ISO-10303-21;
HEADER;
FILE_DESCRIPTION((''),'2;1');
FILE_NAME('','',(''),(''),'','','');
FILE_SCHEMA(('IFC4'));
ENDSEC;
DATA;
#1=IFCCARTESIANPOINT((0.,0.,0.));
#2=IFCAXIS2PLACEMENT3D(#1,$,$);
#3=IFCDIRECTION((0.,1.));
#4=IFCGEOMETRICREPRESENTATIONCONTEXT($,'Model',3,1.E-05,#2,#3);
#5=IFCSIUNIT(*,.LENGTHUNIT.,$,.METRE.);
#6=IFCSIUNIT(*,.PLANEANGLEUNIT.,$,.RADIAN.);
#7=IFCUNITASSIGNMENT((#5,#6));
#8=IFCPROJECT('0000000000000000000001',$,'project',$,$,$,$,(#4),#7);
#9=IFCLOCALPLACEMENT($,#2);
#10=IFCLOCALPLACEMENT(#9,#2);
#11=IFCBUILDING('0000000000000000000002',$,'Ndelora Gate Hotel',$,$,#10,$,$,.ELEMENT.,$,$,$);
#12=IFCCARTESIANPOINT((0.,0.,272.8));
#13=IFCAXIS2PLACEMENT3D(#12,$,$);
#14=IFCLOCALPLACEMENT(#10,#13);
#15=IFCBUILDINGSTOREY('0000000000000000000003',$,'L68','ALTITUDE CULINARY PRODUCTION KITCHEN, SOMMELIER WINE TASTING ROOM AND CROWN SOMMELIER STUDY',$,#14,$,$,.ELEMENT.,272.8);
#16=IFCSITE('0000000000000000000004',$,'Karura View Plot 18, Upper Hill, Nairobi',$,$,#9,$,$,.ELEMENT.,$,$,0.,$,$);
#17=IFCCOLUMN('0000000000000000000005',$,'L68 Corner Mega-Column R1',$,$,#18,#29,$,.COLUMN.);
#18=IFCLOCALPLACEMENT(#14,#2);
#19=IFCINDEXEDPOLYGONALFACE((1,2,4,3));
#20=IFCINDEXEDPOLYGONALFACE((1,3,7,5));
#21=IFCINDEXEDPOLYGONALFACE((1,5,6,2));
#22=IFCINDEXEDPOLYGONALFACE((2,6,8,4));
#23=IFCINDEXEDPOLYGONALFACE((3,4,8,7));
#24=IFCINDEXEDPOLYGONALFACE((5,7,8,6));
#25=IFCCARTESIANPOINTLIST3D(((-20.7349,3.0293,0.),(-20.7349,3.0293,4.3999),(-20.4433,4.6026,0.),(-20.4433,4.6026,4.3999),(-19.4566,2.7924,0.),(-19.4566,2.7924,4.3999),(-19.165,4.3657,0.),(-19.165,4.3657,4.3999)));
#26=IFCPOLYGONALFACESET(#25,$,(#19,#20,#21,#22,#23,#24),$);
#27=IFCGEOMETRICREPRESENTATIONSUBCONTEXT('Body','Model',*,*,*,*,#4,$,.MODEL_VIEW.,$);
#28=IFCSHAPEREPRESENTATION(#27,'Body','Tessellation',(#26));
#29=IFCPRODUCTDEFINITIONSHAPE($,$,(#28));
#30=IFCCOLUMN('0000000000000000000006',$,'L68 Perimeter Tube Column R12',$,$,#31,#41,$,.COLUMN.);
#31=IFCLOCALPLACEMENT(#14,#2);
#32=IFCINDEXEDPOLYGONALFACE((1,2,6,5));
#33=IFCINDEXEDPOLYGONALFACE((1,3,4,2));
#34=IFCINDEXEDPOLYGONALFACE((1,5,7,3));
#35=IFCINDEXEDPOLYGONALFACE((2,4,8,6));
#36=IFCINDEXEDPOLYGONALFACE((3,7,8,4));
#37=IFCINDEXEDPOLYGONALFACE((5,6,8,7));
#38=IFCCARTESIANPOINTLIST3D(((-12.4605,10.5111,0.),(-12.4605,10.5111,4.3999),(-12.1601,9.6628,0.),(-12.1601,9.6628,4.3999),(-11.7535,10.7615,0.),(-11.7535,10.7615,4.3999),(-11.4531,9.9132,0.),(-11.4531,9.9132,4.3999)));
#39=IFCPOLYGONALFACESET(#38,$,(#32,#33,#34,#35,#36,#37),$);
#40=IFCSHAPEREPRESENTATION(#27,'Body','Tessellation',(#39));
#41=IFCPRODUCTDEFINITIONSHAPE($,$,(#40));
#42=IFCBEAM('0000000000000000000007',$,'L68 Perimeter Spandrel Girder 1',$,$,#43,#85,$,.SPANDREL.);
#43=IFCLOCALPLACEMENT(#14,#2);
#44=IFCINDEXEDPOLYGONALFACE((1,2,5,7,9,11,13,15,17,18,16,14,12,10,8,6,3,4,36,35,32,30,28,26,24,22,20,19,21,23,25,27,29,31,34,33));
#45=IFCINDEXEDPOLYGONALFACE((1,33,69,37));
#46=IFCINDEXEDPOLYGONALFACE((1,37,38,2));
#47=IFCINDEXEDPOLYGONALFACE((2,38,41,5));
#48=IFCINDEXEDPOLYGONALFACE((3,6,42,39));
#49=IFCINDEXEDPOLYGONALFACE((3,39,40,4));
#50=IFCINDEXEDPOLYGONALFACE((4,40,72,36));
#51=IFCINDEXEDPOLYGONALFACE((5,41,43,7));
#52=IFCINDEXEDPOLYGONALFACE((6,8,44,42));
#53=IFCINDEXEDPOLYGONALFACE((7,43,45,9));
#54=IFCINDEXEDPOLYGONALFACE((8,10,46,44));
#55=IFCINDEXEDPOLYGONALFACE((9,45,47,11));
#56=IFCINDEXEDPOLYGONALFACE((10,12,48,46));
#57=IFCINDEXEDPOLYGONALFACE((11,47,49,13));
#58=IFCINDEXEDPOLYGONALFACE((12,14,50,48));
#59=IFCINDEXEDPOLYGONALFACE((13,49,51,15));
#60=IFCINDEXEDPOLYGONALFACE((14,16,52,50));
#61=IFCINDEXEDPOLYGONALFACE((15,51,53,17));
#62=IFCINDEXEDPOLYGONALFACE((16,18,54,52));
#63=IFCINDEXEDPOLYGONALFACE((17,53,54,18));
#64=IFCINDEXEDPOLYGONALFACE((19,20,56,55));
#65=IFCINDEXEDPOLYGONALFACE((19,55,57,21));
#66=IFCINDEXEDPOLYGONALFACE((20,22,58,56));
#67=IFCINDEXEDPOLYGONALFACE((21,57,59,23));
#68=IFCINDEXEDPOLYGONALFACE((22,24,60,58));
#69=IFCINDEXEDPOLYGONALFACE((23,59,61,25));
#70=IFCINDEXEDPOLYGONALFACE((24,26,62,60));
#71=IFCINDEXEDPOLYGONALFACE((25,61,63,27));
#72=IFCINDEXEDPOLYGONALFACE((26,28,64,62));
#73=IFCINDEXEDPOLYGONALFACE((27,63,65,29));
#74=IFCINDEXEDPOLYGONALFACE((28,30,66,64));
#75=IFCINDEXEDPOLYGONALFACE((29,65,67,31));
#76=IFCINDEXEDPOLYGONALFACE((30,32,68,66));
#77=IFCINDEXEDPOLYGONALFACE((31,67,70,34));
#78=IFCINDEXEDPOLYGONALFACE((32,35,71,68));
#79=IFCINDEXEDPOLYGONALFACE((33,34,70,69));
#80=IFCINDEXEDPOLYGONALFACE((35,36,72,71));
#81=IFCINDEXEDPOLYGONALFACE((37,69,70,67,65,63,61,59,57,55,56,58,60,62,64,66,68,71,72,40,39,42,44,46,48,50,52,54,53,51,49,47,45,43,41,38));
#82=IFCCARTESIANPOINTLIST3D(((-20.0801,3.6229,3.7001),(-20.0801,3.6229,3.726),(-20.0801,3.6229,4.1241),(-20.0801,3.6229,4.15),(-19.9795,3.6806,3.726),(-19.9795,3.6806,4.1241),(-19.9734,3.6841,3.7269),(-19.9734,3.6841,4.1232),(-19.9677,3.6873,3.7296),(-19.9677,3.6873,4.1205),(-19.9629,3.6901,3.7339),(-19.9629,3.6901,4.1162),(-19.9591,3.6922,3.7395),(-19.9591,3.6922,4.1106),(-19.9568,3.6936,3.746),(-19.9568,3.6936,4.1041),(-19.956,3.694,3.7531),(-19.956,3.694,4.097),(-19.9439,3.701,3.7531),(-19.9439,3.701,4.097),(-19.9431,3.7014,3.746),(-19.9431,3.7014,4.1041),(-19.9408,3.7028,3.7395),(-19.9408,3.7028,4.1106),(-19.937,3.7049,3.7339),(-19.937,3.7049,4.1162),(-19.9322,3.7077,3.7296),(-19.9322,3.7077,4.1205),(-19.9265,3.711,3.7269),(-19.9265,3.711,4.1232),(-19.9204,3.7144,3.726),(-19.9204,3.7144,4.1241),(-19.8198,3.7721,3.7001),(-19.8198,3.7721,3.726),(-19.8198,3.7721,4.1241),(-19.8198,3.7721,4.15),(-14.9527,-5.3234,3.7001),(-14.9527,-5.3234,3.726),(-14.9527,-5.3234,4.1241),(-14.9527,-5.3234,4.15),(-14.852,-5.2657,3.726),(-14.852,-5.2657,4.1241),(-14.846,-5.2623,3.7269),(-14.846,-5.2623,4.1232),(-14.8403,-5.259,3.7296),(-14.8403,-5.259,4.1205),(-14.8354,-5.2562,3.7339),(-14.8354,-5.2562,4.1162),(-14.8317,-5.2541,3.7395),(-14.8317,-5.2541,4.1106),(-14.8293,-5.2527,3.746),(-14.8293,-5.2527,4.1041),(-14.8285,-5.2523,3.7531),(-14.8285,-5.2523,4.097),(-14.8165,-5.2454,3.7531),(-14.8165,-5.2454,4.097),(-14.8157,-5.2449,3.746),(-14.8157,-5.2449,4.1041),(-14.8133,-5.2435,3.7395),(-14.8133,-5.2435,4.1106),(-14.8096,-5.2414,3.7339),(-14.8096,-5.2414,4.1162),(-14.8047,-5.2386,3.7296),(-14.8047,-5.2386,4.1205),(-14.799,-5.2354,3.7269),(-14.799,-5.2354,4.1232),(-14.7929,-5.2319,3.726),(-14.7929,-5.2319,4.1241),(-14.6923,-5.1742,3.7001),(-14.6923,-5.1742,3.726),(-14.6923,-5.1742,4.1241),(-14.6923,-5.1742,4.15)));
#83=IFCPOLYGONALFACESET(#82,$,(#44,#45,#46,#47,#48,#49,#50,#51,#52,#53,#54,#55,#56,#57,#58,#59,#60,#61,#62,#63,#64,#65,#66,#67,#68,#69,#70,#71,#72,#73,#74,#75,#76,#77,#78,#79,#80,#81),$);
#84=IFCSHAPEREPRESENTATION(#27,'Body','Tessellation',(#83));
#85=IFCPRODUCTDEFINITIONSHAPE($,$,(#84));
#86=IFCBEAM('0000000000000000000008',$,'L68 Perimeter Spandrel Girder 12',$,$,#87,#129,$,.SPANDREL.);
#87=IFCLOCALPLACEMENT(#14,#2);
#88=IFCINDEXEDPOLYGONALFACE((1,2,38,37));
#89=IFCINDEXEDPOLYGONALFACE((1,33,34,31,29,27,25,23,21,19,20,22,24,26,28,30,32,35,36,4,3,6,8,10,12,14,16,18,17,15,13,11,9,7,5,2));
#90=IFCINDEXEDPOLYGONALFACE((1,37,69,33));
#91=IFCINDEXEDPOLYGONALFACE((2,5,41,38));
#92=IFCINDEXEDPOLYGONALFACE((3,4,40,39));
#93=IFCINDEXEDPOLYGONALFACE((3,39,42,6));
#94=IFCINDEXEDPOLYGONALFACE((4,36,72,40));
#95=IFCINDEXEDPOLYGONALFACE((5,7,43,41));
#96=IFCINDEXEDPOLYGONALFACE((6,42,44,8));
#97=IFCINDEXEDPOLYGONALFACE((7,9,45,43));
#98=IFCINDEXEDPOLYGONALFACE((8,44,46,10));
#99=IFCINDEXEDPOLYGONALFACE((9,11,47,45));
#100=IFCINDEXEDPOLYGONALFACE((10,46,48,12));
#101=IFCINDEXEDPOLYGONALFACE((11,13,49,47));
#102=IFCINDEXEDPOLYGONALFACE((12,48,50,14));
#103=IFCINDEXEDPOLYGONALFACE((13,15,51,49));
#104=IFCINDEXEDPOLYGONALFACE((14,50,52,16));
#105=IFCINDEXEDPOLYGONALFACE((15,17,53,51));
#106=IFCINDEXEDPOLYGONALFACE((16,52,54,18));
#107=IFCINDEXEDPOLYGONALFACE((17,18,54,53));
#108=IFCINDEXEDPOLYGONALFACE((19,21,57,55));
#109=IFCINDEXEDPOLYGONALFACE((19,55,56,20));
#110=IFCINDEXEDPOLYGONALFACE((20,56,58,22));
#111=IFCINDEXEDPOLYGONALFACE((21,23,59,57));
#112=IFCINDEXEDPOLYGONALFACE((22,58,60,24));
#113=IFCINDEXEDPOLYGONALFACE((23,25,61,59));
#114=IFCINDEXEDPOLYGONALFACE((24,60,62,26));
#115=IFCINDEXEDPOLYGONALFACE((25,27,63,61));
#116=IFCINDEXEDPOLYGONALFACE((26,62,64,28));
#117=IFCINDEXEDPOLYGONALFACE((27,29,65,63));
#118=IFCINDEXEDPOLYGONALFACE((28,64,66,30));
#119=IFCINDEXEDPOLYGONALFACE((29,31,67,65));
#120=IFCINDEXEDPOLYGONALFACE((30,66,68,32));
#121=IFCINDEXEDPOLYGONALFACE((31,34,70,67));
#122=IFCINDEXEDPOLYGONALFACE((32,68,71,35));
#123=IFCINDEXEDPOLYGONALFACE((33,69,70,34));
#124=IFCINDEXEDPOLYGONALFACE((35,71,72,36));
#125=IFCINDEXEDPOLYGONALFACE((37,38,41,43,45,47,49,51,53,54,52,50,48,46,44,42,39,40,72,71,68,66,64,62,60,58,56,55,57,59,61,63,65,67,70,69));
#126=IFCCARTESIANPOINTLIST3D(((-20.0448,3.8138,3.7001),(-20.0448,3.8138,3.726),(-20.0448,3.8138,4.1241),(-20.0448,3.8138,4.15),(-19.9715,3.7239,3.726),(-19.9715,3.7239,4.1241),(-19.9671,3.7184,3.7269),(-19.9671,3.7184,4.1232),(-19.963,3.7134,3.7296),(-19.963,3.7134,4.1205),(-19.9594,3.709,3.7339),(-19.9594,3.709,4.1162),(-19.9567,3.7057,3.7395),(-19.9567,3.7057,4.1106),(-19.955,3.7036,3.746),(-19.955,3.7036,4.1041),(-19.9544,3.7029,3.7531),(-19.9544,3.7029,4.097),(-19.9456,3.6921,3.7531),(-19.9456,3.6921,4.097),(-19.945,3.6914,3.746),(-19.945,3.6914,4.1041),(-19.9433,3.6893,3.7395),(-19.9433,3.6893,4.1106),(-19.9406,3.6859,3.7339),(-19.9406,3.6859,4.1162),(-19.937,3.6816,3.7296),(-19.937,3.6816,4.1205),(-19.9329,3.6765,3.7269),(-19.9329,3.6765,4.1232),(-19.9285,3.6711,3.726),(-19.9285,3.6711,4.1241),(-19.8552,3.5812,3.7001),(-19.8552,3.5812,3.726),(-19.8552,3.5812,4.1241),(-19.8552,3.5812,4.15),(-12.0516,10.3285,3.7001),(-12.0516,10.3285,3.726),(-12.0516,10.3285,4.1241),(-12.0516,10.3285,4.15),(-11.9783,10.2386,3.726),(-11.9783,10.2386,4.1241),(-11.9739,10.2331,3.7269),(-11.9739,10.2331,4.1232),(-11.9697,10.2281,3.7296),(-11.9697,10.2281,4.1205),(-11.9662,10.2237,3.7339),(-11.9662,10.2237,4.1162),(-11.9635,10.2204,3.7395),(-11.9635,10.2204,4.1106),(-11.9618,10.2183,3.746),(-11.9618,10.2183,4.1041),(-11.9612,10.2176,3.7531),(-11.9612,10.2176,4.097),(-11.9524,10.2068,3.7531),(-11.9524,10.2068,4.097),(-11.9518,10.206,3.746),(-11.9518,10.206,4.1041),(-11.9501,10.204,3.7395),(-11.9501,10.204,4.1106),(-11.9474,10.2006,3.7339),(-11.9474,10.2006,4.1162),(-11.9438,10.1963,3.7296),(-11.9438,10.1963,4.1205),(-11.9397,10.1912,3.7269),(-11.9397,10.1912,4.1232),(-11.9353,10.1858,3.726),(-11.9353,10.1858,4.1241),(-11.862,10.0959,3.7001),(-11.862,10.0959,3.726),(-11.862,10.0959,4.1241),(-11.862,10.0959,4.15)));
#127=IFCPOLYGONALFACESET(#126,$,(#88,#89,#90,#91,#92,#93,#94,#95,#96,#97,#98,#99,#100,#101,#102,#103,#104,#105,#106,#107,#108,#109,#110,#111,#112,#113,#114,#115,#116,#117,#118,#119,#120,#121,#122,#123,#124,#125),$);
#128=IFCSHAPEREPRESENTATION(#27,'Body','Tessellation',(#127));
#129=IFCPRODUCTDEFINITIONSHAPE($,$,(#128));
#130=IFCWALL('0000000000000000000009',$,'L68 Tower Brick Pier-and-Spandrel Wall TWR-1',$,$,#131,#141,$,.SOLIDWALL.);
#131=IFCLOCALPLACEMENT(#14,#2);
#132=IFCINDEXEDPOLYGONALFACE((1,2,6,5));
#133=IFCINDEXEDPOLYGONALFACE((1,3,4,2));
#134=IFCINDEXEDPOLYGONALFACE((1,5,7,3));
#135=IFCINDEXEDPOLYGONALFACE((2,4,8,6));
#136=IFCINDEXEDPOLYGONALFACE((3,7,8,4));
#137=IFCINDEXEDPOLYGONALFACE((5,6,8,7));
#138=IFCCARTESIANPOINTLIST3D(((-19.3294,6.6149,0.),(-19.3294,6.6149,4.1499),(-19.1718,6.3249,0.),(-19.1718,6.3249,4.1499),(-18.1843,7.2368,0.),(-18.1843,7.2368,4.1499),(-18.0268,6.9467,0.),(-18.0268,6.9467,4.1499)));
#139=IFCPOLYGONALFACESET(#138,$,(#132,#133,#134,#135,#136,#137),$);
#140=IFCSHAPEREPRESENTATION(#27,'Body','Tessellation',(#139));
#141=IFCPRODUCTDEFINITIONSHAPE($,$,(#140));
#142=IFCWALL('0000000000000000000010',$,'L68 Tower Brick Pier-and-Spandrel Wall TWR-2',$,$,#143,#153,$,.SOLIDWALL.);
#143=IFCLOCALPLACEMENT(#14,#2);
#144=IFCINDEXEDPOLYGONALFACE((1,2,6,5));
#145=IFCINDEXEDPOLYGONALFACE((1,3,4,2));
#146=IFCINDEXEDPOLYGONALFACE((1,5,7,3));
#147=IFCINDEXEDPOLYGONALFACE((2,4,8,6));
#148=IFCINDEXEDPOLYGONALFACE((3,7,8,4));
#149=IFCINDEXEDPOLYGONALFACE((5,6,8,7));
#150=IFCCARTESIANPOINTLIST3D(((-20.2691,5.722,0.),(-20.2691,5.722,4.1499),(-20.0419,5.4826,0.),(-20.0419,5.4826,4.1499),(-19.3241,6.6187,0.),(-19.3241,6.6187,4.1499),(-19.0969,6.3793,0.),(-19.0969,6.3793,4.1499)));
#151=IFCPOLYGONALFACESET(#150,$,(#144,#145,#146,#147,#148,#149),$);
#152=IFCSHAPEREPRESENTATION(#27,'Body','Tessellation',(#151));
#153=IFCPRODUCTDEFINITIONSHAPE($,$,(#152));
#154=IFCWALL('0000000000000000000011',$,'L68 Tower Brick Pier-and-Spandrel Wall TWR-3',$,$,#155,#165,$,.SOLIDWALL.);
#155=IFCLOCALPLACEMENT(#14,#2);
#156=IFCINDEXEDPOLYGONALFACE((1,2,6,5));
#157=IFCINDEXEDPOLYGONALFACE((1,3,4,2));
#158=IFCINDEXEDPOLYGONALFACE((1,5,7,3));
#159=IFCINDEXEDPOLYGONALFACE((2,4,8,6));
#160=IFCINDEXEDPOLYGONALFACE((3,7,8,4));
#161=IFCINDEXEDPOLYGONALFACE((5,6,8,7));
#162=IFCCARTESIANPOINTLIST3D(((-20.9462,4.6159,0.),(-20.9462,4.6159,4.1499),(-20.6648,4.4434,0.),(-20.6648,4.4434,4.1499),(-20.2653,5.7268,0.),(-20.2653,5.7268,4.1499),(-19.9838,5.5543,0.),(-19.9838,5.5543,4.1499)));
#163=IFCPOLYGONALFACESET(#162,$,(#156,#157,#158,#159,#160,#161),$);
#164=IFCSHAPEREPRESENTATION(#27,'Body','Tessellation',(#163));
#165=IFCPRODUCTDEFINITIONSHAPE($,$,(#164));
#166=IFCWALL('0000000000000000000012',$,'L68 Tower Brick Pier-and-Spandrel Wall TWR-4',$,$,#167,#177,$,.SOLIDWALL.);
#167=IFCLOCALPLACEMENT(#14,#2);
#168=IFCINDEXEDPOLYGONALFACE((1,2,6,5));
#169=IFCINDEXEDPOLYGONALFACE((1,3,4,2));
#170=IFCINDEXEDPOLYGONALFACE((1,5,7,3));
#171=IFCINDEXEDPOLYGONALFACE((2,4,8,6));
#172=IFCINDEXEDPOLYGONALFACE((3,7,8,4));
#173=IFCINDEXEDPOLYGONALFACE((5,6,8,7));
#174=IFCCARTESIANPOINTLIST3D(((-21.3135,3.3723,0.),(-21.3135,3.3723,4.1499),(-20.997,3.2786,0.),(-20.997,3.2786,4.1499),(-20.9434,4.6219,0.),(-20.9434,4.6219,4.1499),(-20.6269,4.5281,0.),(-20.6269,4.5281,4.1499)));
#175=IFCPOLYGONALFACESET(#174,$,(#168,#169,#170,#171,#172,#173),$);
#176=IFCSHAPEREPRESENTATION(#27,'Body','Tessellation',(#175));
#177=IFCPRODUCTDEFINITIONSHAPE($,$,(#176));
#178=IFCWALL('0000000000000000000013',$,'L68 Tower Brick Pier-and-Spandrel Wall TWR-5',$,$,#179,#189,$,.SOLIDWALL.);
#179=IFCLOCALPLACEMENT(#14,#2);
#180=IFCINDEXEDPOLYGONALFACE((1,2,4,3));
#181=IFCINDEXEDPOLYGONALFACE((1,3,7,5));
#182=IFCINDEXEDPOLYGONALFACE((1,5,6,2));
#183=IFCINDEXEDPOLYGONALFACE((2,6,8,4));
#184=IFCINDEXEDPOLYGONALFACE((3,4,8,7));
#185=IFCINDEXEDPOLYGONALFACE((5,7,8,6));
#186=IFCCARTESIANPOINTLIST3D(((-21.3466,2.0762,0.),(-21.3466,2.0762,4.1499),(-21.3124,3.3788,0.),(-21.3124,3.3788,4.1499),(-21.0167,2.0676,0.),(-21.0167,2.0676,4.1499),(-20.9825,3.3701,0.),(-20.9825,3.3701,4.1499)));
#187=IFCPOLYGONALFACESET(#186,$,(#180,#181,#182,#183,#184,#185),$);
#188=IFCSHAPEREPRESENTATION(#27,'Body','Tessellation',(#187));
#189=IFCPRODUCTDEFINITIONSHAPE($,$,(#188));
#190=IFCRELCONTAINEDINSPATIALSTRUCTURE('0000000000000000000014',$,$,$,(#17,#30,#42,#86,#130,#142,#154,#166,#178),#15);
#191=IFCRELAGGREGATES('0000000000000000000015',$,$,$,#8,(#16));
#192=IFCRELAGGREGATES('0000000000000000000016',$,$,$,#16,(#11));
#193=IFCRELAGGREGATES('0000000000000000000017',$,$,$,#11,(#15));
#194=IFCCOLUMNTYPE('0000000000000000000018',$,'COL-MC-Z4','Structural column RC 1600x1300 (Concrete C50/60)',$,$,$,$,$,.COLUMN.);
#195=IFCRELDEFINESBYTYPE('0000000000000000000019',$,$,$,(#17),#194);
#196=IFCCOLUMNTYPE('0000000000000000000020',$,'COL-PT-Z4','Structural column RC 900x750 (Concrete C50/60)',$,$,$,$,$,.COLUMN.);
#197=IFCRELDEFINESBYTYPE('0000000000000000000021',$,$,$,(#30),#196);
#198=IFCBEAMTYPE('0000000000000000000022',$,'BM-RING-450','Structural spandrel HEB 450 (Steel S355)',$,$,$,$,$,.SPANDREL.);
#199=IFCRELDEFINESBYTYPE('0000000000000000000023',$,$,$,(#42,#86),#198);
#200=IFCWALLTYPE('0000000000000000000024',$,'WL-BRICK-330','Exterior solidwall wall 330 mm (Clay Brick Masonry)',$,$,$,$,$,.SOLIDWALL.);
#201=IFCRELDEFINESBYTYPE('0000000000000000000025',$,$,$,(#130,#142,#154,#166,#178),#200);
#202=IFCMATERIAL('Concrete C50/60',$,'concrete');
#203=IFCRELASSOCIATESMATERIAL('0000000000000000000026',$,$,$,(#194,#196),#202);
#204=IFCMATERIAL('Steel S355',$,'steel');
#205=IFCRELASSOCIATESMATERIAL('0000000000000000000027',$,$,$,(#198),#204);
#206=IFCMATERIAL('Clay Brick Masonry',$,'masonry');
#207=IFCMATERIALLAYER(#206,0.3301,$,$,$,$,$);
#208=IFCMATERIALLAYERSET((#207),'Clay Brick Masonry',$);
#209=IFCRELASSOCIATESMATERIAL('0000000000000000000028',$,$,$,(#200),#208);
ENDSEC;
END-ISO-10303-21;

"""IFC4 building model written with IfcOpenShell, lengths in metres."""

from ifc_helpers import new_model, si_unit, direction, frame, frame_2d, origin, origin_2d, place, context, subcontext, project, spatial, rectangle, i_section, extrude, material, layer, layer_set, material_profile, profile_set, type_object, element, save


model = new_model("IFC4")

# Units and contexts
model_context = context("Model", 3, precision=1e-05, world=origin(), true_north=direction((0.0, 1.0)))
body_context = subcontext(model_context, "Body", "Model", "MODEL_VIEW")
ifc_project = project(units=[si_unit("LENGTHUNIT", "METRE"), si_unit("PLANEANGLEUNIT", "RADIAN")], contexts=[model_context])

# Site, building, storey
site_placement = place(None, origin())
site = spatial("IfcSite", under=ifc_project, at=site_placement, Name="Karura View Plot 18, Upper Hill, Nairobi", CompositionType="ELEMENT", RefElevation=0.0)
building_placement = place(site_placement, origin())
building = spatial("IfcBuilding", under=site, at=building_placement, Name="Ndelora Gate Hotel", CompositionType="ELEMENT")
storey_placement = place(building_placement, frame((0.0, 0.0, 272.8)))
storey = spatial("IfcBuildingStorey", under=building, at=storey_placement, Name="L68", Description="ALTITUDE CULINARY PRODUCTION KITCHEN, SOMMELIER WINE TASTING ROOM AND CROWN SOMMELIER STUDY", CompositionType="ELEMENT", Elevation=272.8)

# Columns
ifc_material_1 = material(Name="Concrete C50/60", Category="concrete")
ifc_material_profile_1 = material_profile(ifc_material_1, rectangle(XDim=1.3, YDim=1.6001, at=origin_2d()), Name="RC 1600x1300")
ifc_profile_set_1 = profile_set([ifc_material_profile_1], Name="Concrete C50/60")
column_type_1 = type_object("IfcColumnType", Name="COL-MC-Z4", Description="Structural column RC 1600x1300 (Concrete C50/60)", PredefinedType="COLUMN", material=ifc_profile_set_1)
column_1_placement = place(storey_placement, frame((-19.95, 3.6975, 0.0), z_axis=(0.0, 0.0, 1.0), x_axis=(-0.983255, 0.182236, 0.0)))
element("IfcColumn", 1, at=column_1_placement, inside=storey, type_object=column_type_1, Name="L68 Corner Mega-Column R1", PredefinedType="COLUMN", context=body_context, shape_type="SweptSolid", body=[
    extrude(rectangle(XDim=1.3, YDim=1.6001, at=origin_2d()), origin(), (0.0, 0.0, 1.0), 4.3999),
])
ifc_material_profile_2 = material_profile(ifc_material_1, rectangle(XDim=0.75, YDim=0.8999, at=origin_2d()), Name="RC 900x750")
ifc_profile_set_2 = profile_set([ifc_material_profile_2], Name="Concrete C50/60")
column_type_2 = type_object("IfcColumnType", Name="COL-PT-Z4", Description="Structural column RC 900x750 (Concrete C50/60)", PredefinedType="COLUMN", material=ifc_profile_set_2)
column_2_placement = place(storey_placement, frame((-11.9568, 10.2122, 0.0), z_axis=(0.0, 0.0, 1.0), x_axis=(0.942641, 0.333807, 0.0)))
element("IfcColumn", 2, at=column_2_placement, inside=storey, type_object=column_type_2, Name="L68 Perimeter Tube Column R12", PredefinedType="COLUMN", context=body_context, shape_type="SweptSolid", body=[
    extrude(rectangle(XDim=0.75, YDim=0.8999, at=origin_2d()), origin(), (0.0, 0.0, 1.0), 4.3999),
])

# Beams
ifc_material_2 = material(Name="Steel S355", Category="steel")
ifc_material_profile_3 = material_profile(ifc_material_2, i_section(OverallWidth=0.3, OverallDepth=0.45, WebThickness=0.0139, FlangeThickness=0.0259, FilletRadius=0.0271, at=origin_2d()), Name="HEB 450")
ifc_profile_set_3 = profile_set([ifc_material_profile_3], Name="Steel S355")
beam_type = type_object("IfcBeamType", Name="BM-RING-450", Description="Structural spandrel HEB 450 (Steel S355)", PredefinedType="SPANDREL", material=ifc_profile_set_3)
beam_1_placement = place(storey_placement, frame((-19.95, 3.6975, 3.925), z_axis=(0.497255, -0.867604, 0.0), x_axis=(0.867604, 0.497255, 0.0)))
element("IfcBeam", 3, at=beam_1_placement, inside=storey, type_object=beam_type, Name="L68 Perimeter Spandrel Girder 1", PredefinedType="SPANDREL", context=body_context, shape_type="SweptSolid", body=[
    extrude(i_section(OverallWidth=0.3, OverallDepth=0.45, WebThickness=0.0139, FlangeThickness=0.0259, FilletRadius=0.0271, at=origin_2d()), origin(), (0.0, 0.0, 1.0), 10.3115),
])
beam_2_placement = place(storey_placement, frame((-11.9568, 10.2122, 3.925), z_axis=(-0.775154, -0.631772, 0.0), x_axis=(0.631772, -0.775154, 0.0)))
element("IfcBeam", 4, at=beam_2_placement, inside=storey, type_object=beam_type, Name="L68 Perimeter Spandrel Girder 12", PredefinedType="SPANDREL", context=body_context, shape_type="SweptSolid", body=[
    extrude(i_section(OverallWidth=0.3, OverallDepth=0.45, WebThickness=0.0139, FlangeThickness=0.0259, FilletRadius=0.0271, at=origin_2d()), origin(), (0.0, 0.0, 1.0), 10.3118),
])

# Walls
ifc_material_3 = material(Name="Clay Brick Masonry", Category="masonry")
ifc_layer_1 = layer(ifc_material_3, 0.3301)
ifc_layer_set_1 = layer_set([ifc_layer_1], Name="Clay Brick Masonry")
wall_type = type_object("IfcWallType", Name="WL-BRICK-330", Description="Exterior solidwall wall 330 mm (Clay Brick Masonry)", PredefinedType="SOLIDWALL", material=ifc_layer_set_1)
wall_1_placement = place(storey_placement, frame((-19.2505, 6.47, 0.0), z_axis=(0.0, 0.0, 1.0), x_axis=(0.878775, 0.477237, 0.0)))
element("IfcWall", 5, at=wall_1_placement, inside=storey, type_object=wall_type, Name="L68 Tower Brick Pier-and-Spandrel Wall TWR-1", PredefinedType="SOLIDWALL", context=body_context, shape_type="SweptSolid", body=[
    extrude(rectangle(XDim=1.303, YDim=0.3301, at=frame_2d((0.6514, 0.0))), origin(), (0.0, 0.0, 1.0), 4.1499),
])
wall_2_placement = place(storey_placement, frame((-20.1555, 5.6023, 0.0), z_axis=(0.0, 0.0, 1.0), x_axis=(0.725416, 0.688311, 0.0)))
element("IfcWall", 6, at=wall_2_placement, inside=storey, type_object=wall_type, Name="L68 Tower Brick Pier-and-Spandrel Wall TWR-2", PredefinedType="SOLIDWALL", context=body_context, shape_type="SweptSolid", body=[
    extrude(rectangle(XDim=1.3027, YDim=0.3301, at=frame_2d((0.6514, 0.0))), origin(), (0.0, 0.0, 1.0), 4.1499),
])
wall_3_placement = place(storey_placement, frame((-20.8054, 4.5298, 0.0), z_axis=(0.0, 0.0, 1.0), x_axis=(0.522602, 0.852577, 0.0)))
element("IfcWall", 7, at=wall_3_placement, inside=storey, type_object=wall_type, Name="L68 Tower Brick Pier-and-Spandrel Wall TWR-3", PredefinedType="SOLIDWALL", context=body_context, shape_type="SweptSolid", body=[
    extrude(rectangle(XDim=1.303, YDim=0.3301, at=frame_2d((0.6514, 0.0))), origin(), (0.0, 0.0, 1.0), 4.1499),
])
wall_4_placement = place(storey_placement, frame((-21.1553, 3.3254, 0.0), z_axis=(0.0, 0.0, 1.0), x_axis=(0.284012, 0.958821, 0.0)))
element("IfcWall", 8, at=wall_4_placement, inside=storey, type_object=wall_type, Name="L68 Tower Brick Pier-and-Spandrel Wall TWR-4", PredefinedType="SOLIDWALL", context=body_context, shape_type="SweptSolid", body=[
    extrude(rectangle(XDim=1.3032, YDim=0.3301, at=frame_2d((0.6516, 0.0))), origin(), (0.0, 0.0, 1.0), 4.1499),
])
for number, where, z_axis, x_axis, name in (
    (9, (-21.1816, 2.072, 0.0), (0.0, 0.0, 1.0), (0.026233, 0.999656, 0.0), "L68 Tower Brick Pier-and-Spandrel Wall TWR-5"),
):
    element("IfcWall", number, at=place(storey_placement, frame(where, z_axis=z_axis, x_axis=x_axis)), inside=storey, type_object=wall_type, Name=name, PredefinedType="SOLIDWALL", context=body_context, shape_type="SweptSolid", body=[
        extrude(rectangle(XDim=1.303, YDim=0.3301, at=frame_2d((0.6514, 0.0))), origin(), (0.0, 0.0, 1.0), 4.1499),
    ])

save(model, "model.ifc")
